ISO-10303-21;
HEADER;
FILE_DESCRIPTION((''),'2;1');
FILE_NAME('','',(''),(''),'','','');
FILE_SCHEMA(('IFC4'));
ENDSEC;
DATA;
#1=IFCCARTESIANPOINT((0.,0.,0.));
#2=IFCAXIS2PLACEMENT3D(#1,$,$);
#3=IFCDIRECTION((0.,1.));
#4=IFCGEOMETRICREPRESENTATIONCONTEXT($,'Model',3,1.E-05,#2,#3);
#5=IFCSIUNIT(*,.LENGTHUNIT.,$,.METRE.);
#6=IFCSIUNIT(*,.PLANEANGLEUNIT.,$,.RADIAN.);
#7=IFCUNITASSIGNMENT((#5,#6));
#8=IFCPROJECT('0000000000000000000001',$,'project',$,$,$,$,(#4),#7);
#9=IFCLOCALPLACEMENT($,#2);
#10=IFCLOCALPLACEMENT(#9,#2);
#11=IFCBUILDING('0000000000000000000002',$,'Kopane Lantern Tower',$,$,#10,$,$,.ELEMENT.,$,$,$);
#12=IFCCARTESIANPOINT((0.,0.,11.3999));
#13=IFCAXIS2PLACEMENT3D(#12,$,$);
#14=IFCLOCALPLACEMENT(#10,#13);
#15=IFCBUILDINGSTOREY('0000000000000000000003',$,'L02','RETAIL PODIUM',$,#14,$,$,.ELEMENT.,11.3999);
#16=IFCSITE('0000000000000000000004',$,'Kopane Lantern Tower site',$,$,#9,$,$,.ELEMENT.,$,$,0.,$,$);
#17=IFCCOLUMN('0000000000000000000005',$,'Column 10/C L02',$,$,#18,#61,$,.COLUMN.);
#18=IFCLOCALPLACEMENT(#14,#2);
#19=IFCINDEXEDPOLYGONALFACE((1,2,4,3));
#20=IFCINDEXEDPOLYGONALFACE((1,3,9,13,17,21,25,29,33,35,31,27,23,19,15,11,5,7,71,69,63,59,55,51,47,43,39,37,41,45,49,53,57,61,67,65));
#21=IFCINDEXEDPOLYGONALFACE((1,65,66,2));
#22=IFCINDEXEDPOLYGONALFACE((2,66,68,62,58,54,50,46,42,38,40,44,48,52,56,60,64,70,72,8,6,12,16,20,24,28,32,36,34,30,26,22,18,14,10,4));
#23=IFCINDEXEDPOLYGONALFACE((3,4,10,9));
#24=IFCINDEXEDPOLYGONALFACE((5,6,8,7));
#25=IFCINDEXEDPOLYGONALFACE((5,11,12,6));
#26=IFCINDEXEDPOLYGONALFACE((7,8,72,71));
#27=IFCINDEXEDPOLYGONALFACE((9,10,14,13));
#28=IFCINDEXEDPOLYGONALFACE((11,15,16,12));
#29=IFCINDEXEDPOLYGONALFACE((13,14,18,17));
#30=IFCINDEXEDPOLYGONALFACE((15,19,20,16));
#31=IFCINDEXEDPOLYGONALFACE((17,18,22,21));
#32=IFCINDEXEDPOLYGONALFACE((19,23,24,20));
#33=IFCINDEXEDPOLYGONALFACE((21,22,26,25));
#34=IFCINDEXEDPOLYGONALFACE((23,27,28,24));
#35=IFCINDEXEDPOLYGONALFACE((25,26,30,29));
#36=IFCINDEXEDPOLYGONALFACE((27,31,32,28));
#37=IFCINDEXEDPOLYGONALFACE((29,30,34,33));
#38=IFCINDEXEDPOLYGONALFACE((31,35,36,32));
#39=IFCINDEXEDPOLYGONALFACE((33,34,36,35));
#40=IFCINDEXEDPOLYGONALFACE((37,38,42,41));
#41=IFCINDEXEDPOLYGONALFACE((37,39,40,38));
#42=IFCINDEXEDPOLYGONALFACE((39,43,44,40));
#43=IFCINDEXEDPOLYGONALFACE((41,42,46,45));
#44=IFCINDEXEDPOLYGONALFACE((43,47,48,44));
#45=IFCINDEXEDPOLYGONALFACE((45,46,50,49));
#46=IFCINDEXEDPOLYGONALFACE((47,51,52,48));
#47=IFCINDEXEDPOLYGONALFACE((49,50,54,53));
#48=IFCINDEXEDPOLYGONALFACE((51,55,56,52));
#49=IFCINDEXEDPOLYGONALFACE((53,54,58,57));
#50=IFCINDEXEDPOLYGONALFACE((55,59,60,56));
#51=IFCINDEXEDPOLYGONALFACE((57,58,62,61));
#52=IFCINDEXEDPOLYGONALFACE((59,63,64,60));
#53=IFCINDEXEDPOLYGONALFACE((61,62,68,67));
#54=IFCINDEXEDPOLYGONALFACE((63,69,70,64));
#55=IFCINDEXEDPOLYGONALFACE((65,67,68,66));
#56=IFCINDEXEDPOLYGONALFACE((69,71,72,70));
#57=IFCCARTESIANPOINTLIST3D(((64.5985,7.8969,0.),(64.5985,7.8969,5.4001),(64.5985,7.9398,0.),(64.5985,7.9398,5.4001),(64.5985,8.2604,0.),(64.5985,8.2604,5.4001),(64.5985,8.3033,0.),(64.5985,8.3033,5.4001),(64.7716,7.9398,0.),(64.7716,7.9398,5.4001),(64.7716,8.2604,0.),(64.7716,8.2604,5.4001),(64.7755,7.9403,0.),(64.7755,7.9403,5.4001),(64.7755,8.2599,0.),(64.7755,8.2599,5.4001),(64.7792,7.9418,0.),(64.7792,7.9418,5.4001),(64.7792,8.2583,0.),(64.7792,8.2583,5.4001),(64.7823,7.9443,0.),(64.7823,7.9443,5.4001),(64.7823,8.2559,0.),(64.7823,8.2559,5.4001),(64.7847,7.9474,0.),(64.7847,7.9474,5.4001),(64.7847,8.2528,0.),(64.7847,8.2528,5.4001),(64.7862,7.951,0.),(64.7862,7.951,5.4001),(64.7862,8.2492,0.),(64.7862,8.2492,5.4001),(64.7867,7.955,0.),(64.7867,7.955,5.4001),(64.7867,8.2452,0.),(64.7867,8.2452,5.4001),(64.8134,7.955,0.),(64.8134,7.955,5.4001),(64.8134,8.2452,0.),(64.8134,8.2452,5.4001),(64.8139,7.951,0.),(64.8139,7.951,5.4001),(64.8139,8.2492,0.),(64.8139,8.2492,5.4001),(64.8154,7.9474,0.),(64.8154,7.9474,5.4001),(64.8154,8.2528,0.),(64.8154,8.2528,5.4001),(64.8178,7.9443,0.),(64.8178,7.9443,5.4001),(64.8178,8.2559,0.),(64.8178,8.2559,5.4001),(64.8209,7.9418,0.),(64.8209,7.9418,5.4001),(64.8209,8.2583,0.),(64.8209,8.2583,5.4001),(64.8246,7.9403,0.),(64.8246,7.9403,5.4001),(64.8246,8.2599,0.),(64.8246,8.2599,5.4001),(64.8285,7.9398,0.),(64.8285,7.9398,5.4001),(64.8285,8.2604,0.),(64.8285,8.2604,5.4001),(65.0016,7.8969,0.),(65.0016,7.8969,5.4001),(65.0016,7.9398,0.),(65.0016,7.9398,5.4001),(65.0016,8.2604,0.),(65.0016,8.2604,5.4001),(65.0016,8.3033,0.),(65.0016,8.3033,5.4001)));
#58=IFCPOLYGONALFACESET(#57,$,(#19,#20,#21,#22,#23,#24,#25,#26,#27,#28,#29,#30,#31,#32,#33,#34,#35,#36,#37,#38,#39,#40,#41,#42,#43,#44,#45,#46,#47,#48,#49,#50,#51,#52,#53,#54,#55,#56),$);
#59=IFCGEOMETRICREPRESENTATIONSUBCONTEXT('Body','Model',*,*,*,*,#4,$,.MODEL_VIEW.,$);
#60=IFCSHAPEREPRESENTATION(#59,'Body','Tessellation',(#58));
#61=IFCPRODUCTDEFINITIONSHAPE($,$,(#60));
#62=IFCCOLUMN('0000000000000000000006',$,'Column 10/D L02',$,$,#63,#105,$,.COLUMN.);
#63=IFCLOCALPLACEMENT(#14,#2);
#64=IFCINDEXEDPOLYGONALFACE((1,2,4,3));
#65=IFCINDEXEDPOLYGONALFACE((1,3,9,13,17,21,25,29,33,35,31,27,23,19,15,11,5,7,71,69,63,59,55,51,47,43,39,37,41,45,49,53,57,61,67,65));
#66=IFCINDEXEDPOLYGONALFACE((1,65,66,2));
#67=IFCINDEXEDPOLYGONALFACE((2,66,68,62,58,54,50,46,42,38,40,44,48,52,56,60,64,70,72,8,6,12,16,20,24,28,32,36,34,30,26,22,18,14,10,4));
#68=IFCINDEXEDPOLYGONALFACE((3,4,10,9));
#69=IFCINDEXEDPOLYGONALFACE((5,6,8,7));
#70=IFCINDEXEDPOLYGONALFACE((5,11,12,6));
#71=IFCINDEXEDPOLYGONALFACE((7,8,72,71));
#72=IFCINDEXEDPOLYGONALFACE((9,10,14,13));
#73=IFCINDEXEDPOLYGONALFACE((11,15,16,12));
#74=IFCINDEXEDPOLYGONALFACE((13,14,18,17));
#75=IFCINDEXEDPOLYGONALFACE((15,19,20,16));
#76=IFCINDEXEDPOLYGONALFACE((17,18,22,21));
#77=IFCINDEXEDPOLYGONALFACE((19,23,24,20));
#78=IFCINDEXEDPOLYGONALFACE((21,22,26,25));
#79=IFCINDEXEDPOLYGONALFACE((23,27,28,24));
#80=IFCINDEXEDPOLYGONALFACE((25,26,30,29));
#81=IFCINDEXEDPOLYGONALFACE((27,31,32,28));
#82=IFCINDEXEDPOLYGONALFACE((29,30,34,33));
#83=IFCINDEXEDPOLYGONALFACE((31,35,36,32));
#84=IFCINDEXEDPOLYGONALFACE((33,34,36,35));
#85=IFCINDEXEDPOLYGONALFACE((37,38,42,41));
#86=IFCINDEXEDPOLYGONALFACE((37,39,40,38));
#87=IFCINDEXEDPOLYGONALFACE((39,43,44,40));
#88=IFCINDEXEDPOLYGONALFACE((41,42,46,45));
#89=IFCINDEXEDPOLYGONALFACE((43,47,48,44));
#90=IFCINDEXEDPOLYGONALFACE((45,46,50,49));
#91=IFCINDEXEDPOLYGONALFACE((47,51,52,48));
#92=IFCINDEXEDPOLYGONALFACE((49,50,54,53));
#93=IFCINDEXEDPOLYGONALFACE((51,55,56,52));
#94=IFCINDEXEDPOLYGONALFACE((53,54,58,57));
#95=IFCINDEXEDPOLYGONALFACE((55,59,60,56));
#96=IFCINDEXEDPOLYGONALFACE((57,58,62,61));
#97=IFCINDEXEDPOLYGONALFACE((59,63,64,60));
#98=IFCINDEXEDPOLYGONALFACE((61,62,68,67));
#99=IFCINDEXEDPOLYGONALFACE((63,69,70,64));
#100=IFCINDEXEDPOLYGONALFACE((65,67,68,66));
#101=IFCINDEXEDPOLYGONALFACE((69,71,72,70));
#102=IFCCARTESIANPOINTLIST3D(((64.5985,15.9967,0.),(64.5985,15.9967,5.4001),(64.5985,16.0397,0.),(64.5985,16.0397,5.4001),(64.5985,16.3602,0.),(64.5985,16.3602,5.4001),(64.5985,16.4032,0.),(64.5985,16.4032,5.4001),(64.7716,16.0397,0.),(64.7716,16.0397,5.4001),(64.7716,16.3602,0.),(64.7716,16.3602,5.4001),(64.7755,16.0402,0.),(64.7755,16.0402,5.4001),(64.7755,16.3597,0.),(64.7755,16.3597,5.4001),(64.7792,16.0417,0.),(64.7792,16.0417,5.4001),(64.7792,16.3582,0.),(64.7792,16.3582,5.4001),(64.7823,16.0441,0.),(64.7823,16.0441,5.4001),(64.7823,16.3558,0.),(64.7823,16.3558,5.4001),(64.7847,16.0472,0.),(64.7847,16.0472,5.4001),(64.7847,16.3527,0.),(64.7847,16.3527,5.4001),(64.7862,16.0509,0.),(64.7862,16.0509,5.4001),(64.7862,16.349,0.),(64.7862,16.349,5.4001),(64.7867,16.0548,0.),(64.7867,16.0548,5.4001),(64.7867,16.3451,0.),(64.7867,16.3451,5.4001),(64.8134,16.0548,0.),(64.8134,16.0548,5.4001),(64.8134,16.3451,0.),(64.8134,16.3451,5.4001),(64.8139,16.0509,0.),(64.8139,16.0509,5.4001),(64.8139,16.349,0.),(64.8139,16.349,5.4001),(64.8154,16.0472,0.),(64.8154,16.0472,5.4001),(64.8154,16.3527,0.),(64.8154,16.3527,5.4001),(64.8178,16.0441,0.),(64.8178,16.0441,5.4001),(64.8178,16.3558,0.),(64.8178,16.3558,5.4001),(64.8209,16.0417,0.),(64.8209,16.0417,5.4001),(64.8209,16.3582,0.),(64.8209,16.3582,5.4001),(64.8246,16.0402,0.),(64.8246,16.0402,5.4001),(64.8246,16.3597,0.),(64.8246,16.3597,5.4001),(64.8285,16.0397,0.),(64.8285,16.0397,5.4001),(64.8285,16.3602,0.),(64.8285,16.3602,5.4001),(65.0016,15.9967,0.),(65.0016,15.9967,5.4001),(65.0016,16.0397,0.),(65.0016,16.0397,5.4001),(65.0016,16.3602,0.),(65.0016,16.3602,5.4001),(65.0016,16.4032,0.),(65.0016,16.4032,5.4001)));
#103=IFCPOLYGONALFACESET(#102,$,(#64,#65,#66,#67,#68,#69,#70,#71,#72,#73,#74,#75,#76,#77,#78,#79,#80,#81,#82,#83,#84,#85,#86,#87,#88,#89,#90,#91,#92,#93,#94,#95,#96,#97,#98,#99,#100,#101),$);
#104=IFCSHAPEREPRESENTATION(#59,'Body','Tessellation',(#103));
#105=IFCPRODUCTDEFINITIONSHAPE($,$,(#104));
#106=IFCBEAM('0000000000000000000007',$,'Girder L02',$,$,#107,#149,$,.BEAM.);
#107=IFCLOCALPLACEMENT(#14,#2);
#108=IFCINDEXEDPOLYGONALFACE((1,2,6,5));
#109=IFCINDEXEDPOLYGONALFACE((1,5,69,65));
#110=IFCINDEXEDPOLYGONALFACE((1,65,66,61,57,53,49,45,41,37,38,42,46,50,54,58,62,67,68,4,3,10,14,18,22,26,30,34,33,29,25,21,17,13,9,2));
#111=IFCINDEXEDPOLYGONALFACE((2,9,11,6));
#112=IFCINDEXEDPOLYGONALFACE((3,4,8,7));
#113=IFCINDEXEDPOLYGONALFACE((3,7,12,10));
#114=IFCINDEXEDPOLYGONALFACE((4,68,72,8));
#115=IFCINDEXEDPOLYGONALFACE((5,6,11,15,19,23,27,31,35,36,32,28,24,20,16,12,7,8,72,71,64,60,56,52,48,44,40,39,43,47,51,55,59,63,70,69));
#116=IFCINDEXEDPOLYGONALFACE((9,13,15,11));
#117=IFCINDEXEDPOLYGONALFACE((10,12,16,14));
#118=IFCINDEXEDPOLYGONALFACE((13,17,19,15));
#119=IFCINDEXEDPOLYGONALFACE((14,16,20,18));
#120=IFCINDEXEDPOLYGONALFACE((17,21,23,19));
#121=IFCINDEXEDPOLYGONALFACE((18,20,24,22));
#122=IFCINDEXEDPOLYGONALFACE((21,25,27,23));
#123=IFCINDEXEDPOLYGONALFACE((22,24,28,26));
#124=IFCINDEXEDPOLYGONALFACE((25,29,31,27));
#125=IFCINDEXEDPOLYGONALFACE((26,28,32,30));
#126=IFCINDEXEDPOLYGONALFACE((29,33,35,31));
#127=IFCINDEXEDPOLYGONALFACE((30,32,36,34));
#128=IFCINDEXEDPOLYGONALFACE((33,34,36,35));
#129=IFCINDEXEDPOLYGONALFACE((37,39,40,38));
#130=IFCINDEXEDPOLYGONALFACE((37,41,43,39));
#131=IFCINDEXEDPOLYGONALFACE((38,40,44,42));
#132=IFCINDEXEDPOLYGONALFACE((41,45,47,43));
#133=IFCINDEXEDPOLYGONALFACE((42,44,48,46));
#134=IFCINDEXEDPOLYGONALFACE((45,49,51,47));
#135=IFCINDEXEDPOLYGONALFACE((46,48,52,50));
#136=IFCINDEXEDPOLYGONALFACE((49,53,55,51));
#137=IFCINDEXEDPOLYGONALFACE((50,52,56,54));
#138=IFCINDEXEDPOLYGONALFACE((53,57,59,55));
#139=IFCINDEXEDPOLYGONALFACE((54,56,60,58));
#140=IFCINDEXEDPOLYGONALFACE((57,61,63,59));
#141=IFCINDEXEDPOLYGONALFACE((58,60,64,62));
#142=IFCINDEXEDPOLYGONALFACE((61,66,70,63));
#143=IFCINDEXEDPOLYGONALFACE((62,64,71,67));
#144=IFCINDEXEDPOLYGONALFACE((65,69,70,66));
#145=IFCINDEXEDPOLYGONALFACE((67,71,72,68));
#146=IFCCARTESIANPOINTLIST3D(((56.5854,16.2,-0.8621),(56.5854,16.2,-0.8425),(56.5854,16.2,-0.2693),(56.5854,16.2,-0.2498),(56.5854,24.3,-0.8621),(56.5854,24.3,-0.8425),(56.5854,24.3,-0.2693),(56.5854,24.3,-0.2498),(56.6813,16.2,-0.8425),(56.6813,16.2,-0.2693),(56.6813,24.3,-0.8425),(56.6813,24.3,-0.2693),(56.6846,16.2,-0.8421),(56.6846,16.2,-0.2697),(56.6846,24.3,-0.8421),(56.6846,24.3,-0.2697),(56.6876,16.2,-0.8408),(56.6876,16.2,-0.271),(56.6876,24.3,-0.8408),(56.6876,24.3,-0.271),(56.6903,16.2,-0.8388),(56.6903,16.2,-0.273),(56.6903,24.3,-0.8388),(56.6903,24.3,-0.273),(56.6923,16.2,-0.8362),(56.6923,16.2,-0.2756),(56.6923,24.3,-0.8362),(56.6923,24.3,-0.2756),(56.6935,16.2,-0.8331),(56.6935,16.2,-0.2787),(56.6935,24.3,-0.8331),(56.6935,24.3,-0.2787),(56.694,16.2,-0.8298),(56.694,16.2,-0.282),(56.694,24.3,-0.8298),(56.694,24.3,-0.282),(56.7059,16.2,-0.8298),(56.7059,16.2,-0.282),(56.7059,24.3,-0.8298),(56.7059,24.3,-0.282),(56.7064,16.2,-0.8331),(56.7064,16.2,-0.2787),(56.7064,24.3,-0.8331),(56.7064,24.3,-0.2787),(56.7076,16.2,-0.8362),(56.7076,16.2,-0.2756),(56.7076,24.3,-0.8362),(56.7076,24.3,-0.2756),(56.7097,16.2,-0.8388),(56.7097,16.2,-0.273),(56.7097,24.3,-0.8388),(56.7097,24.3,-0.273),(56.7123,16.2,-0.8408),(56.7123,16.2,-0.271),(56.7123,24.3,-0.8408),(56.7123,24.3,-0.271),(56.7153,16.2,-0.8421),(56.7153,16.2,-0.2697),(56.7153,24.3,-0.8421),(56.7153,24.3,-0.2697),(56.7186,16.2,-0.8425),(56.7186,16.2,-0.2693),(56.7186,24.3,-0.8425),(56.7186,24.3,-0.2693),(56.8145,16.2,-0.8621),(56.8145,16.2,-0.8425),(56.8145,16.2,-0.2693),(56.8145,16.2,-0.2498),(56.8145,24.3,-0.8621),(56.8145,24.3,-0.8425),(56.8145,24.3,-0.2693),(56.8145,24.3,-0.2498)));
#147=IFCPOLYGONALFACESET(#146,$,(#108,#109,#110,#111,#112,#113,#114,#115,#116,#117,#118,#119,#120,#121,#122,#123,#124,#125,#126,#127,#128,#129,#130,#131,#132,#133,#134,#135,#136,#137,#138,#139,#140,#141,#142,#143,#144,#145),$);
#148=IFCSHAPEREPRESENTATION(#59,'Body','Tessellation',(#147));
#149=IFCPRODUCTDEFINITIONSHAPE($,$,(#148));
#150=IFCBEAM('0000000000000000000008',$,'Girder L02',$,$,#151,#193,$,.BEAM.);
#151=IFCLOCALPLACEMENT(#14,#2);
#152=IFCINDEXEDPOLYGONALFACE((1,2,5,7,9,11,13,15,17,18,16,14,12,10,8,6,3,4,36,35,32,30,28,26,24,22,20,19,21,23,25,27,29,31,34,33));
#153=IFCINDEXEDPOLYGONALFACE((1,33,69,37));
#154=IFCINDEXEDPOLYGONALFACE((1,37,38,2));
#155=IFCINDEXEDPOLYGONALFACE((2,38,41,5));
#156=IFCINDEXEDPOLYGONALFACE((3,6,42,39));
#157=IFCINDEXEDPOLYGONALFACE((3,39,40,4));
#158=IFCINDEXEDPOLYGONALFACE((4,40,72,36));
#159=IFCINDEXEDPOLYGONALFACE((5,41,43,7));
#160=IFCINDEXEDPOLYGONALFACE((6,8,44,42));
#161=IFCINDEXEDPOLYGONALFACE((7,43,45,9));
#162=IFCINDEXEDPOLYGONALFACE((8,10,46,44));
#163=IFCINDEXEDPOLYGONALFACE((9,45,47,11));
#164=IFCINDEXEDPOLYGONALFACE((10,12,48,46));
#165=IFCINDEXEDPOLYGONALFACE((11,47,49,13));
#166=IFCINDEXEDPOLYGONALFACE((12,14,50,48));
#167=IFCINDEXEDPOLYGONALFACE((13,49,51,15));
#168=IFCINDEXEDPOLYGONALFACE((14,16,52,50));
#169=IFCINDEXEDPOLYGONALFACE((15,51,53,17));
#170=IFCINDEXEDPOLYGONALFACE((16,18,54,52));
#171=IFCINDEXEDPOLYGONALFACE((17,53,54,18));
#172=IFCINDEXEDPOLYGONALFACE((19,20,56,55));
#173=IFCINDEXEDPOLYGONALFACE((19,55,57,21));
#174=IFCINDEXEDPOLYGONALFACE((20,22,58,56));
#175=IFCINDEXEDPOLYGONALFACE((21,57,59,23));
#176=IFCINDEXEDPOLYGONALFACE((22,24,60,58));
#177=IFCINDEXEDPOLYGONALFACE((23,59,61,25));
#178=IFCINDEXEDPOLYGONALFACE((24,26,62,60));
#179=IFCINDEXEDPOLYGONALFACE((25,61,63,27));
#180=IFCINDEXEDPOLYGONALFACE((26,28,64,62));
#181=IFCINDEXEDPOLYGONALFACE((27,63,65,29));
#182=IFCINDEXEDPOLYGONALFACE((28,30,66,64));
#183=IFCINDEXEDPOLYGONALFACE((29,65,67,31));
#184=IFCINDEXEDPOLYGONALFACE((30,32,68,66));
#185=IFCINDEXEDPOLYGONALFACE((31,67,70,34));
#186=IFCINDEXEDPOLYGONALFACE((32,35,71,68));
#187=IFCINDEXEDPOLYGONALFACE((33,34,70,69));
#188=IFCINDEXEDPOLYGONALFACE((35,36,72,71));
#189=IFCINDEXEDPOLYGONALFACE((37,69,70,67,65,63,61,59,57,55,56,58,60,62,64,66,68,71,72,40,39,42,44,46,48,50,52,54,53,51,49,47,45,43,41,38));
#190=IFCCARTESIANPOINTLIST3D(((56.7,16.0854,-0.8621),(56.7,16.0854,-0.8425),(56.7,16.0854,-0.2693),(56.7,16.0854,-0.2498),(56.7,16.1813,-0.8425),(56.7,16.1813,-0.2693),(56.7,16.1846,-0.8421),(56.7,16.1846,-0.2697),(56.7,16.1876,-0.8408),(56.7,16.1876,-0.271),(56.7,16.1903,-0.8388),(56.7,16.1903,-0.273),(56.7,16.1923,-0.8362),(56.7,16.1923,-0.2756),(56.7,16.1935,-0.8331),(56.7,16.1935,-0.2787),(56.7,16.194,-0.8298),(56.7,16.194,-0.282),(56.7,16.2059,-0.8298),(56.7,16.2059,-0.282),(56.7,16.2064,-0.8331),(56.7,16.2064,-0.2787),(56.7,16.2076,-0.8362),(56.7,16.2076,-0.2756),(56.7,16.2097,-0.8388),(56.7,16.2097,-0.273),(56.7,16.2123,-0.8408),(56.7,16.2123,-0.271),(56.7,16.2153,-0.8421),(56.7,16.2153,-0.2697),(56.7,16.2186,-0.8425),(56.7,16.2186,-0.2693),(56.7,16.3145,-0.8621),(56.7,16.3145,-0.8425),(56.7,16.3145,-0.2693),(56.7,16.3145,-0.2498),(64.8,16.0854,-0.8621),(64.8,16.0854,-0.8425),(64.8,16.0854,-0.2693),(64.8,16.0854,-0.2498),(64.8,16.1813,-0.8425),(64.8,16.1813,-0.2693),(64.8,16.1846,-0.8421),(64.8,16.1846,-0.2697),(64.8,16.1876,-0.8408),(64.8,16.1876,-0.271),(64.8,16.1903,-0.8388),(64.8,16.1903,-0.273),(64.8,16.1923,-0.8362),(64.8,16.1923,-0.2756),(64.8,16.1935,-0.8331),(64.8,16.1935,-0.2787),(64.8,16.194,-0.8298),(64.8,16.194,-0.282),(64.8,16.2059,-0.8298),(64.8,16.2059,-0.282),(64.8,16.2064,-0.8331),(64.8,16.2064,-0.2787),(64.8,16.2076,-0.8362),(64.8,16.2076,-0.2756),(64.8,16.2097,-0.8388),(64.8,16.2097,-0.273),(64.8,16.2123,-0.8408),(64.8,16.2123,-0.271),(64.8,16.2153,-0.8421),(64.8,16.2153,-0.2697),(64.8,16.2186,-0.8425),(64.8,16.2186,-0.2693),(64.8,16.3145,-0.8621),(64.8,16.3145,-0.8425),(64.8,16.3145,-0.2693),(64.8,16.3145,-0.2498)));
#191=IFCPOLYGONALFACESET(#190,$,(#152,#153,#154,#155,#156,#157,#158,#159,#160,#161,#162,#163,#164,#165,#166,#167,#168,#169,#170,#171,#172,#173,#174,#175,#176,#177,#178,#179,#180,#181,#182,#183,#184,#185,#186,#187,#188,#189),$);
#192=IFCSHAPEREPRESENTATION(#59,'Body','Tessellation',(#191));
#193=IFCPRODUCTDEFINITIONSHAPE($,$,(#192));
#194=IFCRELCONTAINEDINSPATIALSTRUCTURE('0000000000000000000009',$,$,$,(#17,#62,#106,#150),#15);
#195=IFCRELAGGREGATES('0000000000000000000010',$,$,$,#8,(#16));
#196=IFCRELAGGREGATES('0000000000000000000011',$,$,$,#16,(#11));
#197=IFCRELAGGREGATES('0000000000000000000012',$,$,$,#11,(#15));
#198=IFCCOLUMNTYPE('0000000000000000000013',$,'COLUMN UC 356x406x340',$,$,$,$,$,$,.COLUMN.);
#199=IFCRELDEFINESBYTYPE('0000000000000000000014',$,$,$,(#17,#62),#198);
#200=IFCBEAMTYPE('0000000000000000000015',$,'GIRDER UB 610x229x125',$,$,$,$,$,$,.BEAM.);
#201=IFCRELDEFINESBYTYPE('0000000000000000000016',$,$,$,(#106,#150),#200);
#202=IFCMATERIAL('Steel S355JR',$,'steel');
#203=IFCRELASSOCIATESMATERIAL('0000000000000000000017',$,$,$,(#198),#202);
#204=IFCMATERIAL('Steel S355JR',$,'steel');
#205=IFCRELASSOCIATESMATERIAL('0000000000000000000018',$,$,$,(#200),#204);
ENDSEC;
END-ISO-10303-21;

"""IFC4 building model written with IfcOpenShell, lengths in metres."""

from ifc_helpers import new_model, si_unit, direction, frame, origin, origin_2d, place, context, subcontext, project, spatial, i_section, extrude, material, material_profile, profile_set, type_object, element, save


model = new_model("IFC4")

# Units and contexts
model_context = context("Model", 3, precision=1e-05, world=origin(), true_north=direction((0.0, 1.0)))
body_context = subcontext(model_context, "Body", "Model", "MODEL_VIEW")
ifc_project = project(units=[si_unit("LENGTHUNIT", "METRE"), si_unit("PLANEANGLEUNIT", "RADIAN")], contexts=[model_context])

# Site, building, storey
site_placement = place(None, origin())
site = spatial("IfcSite", under=ifc_project, at=site_placement, Name="Kopane Lantern Tower site", CompositionType="ELEMENT", RefElevation=0.0)
building_placement = place(site_placement, origin())
building = spatial("IfcBuilding", under=site, at=building_placement, Name="Kopane Lantern Tower", CompositionType="ELEMENT")
storey_placement = place(building_placement, frame((0.0, 0.0, 11.3999)))
storey = spatial("IfcBuildingStorey", under=building, at=storey_placement, Name="L02", Description="RETAIL PODIUM", CompositionType="ELEMENT", Elevation=11.3999)

# Columns
ifc_material_1 = material(Name="Steel S355JR", Category="steel")
ifc_material_profile_1 = material_profile(ifc_material_1, i_section(OverallWidth=0.4031, OverallDepth=0.4065, WebThickness=0.0266, FlangeThickness=0.043, FilletRadius=0.0151, at=origin_2d()), Name="UC 356x406x340")
ifc_profile_set_1 = profile_set([ifc_material_profile_1], Name="Steel S355JR")
column_type = type_object("IfcColumnType", Name="COLUMN UC 356x406x340", PredefinedType="COLUMN", material=ifc_profile_set_1)
for number, where, z_axis, x_axis, name in (
    (1, (64.8, 8.1001, 0.0), (0.0, 0.0, 1.0), (1.0, 0.0, 0.0), "Column 10/C L02"),
    (2, (64.8, 16.2, 0.0), (0.0, 0.0, 1.0), (1.0, 0.0, 0.0), "Column 10/D L02"),
):
    element("IfcColumn", number, at=place(storey_placement, frame(where, z_axis=z_axis, x_axis=x_axis)), inside=storey, type_object=column_type, Name=name, PredefinedType="COLUMN", context=body_context, shape_type="SweptSolid", body=[
        extrude(i_section(OverallWidth=0.4031, OverallDepth=0.4065, WebThickness=0.0266, FlangeThickness=0.043, FilletRadius=0.0151, at=origin_2d()), origin(), (0.0, 0.0, 1.0), 5.4001),
    ])

# Beams
ifc_material_2 = material(Name="Steel S355JR", Category="steel")
ifc_material_profile_2 = material_profile(ifc_material_2, i_section(OverallWidth=0.229, OverallDepth=0.6123, WebThickness=0.012, FlangeThickness=0.0195, FilletRadius=0.0127, at=origin_2d()), Name="UB 610x229x125")
ifc_profile_set_2 = profile_set([ifc_material_profile_2], Name="Steel S355JR")
beam_type = type_object("IfcBeamType", Name="GIRDER UB 610x229x125", PredefinedType="BEAM", material=ifc_profile_set_2)
for number, where, z_axis, x_axis, name in (
    (3, (56.7, 16.2, -0.5559), (0.0, 1.0, 0.0), (-1.0, 0.0, 0.0), "Girder L02"),
    (4, (56.7, 16.2, -0.5559), (1.0, 0.0, 0.0), (0.0, 1.0, 0.0), "Girder L02"),
):
    element("IfcBeam", number, at=place(storey_placement, frame(where, z_axis=z_axis, x_axis=x_axis)), inside=storey, type_object=beam_type, Name=name, PredefinedType="BEAM", context=body_context, shape_type="SweptSolid", body=[
        extrude(i_section(OverallWidth=0.229, OverallDepth=0.6123, WebThickness=0.012, FlangeThickness=0.0195, FilletRadius=0.0127, at=origin_2d()), origin(), (0.0, 0.0, 1.0), 8.1001),
    ])

save(model, "model.ifc")
